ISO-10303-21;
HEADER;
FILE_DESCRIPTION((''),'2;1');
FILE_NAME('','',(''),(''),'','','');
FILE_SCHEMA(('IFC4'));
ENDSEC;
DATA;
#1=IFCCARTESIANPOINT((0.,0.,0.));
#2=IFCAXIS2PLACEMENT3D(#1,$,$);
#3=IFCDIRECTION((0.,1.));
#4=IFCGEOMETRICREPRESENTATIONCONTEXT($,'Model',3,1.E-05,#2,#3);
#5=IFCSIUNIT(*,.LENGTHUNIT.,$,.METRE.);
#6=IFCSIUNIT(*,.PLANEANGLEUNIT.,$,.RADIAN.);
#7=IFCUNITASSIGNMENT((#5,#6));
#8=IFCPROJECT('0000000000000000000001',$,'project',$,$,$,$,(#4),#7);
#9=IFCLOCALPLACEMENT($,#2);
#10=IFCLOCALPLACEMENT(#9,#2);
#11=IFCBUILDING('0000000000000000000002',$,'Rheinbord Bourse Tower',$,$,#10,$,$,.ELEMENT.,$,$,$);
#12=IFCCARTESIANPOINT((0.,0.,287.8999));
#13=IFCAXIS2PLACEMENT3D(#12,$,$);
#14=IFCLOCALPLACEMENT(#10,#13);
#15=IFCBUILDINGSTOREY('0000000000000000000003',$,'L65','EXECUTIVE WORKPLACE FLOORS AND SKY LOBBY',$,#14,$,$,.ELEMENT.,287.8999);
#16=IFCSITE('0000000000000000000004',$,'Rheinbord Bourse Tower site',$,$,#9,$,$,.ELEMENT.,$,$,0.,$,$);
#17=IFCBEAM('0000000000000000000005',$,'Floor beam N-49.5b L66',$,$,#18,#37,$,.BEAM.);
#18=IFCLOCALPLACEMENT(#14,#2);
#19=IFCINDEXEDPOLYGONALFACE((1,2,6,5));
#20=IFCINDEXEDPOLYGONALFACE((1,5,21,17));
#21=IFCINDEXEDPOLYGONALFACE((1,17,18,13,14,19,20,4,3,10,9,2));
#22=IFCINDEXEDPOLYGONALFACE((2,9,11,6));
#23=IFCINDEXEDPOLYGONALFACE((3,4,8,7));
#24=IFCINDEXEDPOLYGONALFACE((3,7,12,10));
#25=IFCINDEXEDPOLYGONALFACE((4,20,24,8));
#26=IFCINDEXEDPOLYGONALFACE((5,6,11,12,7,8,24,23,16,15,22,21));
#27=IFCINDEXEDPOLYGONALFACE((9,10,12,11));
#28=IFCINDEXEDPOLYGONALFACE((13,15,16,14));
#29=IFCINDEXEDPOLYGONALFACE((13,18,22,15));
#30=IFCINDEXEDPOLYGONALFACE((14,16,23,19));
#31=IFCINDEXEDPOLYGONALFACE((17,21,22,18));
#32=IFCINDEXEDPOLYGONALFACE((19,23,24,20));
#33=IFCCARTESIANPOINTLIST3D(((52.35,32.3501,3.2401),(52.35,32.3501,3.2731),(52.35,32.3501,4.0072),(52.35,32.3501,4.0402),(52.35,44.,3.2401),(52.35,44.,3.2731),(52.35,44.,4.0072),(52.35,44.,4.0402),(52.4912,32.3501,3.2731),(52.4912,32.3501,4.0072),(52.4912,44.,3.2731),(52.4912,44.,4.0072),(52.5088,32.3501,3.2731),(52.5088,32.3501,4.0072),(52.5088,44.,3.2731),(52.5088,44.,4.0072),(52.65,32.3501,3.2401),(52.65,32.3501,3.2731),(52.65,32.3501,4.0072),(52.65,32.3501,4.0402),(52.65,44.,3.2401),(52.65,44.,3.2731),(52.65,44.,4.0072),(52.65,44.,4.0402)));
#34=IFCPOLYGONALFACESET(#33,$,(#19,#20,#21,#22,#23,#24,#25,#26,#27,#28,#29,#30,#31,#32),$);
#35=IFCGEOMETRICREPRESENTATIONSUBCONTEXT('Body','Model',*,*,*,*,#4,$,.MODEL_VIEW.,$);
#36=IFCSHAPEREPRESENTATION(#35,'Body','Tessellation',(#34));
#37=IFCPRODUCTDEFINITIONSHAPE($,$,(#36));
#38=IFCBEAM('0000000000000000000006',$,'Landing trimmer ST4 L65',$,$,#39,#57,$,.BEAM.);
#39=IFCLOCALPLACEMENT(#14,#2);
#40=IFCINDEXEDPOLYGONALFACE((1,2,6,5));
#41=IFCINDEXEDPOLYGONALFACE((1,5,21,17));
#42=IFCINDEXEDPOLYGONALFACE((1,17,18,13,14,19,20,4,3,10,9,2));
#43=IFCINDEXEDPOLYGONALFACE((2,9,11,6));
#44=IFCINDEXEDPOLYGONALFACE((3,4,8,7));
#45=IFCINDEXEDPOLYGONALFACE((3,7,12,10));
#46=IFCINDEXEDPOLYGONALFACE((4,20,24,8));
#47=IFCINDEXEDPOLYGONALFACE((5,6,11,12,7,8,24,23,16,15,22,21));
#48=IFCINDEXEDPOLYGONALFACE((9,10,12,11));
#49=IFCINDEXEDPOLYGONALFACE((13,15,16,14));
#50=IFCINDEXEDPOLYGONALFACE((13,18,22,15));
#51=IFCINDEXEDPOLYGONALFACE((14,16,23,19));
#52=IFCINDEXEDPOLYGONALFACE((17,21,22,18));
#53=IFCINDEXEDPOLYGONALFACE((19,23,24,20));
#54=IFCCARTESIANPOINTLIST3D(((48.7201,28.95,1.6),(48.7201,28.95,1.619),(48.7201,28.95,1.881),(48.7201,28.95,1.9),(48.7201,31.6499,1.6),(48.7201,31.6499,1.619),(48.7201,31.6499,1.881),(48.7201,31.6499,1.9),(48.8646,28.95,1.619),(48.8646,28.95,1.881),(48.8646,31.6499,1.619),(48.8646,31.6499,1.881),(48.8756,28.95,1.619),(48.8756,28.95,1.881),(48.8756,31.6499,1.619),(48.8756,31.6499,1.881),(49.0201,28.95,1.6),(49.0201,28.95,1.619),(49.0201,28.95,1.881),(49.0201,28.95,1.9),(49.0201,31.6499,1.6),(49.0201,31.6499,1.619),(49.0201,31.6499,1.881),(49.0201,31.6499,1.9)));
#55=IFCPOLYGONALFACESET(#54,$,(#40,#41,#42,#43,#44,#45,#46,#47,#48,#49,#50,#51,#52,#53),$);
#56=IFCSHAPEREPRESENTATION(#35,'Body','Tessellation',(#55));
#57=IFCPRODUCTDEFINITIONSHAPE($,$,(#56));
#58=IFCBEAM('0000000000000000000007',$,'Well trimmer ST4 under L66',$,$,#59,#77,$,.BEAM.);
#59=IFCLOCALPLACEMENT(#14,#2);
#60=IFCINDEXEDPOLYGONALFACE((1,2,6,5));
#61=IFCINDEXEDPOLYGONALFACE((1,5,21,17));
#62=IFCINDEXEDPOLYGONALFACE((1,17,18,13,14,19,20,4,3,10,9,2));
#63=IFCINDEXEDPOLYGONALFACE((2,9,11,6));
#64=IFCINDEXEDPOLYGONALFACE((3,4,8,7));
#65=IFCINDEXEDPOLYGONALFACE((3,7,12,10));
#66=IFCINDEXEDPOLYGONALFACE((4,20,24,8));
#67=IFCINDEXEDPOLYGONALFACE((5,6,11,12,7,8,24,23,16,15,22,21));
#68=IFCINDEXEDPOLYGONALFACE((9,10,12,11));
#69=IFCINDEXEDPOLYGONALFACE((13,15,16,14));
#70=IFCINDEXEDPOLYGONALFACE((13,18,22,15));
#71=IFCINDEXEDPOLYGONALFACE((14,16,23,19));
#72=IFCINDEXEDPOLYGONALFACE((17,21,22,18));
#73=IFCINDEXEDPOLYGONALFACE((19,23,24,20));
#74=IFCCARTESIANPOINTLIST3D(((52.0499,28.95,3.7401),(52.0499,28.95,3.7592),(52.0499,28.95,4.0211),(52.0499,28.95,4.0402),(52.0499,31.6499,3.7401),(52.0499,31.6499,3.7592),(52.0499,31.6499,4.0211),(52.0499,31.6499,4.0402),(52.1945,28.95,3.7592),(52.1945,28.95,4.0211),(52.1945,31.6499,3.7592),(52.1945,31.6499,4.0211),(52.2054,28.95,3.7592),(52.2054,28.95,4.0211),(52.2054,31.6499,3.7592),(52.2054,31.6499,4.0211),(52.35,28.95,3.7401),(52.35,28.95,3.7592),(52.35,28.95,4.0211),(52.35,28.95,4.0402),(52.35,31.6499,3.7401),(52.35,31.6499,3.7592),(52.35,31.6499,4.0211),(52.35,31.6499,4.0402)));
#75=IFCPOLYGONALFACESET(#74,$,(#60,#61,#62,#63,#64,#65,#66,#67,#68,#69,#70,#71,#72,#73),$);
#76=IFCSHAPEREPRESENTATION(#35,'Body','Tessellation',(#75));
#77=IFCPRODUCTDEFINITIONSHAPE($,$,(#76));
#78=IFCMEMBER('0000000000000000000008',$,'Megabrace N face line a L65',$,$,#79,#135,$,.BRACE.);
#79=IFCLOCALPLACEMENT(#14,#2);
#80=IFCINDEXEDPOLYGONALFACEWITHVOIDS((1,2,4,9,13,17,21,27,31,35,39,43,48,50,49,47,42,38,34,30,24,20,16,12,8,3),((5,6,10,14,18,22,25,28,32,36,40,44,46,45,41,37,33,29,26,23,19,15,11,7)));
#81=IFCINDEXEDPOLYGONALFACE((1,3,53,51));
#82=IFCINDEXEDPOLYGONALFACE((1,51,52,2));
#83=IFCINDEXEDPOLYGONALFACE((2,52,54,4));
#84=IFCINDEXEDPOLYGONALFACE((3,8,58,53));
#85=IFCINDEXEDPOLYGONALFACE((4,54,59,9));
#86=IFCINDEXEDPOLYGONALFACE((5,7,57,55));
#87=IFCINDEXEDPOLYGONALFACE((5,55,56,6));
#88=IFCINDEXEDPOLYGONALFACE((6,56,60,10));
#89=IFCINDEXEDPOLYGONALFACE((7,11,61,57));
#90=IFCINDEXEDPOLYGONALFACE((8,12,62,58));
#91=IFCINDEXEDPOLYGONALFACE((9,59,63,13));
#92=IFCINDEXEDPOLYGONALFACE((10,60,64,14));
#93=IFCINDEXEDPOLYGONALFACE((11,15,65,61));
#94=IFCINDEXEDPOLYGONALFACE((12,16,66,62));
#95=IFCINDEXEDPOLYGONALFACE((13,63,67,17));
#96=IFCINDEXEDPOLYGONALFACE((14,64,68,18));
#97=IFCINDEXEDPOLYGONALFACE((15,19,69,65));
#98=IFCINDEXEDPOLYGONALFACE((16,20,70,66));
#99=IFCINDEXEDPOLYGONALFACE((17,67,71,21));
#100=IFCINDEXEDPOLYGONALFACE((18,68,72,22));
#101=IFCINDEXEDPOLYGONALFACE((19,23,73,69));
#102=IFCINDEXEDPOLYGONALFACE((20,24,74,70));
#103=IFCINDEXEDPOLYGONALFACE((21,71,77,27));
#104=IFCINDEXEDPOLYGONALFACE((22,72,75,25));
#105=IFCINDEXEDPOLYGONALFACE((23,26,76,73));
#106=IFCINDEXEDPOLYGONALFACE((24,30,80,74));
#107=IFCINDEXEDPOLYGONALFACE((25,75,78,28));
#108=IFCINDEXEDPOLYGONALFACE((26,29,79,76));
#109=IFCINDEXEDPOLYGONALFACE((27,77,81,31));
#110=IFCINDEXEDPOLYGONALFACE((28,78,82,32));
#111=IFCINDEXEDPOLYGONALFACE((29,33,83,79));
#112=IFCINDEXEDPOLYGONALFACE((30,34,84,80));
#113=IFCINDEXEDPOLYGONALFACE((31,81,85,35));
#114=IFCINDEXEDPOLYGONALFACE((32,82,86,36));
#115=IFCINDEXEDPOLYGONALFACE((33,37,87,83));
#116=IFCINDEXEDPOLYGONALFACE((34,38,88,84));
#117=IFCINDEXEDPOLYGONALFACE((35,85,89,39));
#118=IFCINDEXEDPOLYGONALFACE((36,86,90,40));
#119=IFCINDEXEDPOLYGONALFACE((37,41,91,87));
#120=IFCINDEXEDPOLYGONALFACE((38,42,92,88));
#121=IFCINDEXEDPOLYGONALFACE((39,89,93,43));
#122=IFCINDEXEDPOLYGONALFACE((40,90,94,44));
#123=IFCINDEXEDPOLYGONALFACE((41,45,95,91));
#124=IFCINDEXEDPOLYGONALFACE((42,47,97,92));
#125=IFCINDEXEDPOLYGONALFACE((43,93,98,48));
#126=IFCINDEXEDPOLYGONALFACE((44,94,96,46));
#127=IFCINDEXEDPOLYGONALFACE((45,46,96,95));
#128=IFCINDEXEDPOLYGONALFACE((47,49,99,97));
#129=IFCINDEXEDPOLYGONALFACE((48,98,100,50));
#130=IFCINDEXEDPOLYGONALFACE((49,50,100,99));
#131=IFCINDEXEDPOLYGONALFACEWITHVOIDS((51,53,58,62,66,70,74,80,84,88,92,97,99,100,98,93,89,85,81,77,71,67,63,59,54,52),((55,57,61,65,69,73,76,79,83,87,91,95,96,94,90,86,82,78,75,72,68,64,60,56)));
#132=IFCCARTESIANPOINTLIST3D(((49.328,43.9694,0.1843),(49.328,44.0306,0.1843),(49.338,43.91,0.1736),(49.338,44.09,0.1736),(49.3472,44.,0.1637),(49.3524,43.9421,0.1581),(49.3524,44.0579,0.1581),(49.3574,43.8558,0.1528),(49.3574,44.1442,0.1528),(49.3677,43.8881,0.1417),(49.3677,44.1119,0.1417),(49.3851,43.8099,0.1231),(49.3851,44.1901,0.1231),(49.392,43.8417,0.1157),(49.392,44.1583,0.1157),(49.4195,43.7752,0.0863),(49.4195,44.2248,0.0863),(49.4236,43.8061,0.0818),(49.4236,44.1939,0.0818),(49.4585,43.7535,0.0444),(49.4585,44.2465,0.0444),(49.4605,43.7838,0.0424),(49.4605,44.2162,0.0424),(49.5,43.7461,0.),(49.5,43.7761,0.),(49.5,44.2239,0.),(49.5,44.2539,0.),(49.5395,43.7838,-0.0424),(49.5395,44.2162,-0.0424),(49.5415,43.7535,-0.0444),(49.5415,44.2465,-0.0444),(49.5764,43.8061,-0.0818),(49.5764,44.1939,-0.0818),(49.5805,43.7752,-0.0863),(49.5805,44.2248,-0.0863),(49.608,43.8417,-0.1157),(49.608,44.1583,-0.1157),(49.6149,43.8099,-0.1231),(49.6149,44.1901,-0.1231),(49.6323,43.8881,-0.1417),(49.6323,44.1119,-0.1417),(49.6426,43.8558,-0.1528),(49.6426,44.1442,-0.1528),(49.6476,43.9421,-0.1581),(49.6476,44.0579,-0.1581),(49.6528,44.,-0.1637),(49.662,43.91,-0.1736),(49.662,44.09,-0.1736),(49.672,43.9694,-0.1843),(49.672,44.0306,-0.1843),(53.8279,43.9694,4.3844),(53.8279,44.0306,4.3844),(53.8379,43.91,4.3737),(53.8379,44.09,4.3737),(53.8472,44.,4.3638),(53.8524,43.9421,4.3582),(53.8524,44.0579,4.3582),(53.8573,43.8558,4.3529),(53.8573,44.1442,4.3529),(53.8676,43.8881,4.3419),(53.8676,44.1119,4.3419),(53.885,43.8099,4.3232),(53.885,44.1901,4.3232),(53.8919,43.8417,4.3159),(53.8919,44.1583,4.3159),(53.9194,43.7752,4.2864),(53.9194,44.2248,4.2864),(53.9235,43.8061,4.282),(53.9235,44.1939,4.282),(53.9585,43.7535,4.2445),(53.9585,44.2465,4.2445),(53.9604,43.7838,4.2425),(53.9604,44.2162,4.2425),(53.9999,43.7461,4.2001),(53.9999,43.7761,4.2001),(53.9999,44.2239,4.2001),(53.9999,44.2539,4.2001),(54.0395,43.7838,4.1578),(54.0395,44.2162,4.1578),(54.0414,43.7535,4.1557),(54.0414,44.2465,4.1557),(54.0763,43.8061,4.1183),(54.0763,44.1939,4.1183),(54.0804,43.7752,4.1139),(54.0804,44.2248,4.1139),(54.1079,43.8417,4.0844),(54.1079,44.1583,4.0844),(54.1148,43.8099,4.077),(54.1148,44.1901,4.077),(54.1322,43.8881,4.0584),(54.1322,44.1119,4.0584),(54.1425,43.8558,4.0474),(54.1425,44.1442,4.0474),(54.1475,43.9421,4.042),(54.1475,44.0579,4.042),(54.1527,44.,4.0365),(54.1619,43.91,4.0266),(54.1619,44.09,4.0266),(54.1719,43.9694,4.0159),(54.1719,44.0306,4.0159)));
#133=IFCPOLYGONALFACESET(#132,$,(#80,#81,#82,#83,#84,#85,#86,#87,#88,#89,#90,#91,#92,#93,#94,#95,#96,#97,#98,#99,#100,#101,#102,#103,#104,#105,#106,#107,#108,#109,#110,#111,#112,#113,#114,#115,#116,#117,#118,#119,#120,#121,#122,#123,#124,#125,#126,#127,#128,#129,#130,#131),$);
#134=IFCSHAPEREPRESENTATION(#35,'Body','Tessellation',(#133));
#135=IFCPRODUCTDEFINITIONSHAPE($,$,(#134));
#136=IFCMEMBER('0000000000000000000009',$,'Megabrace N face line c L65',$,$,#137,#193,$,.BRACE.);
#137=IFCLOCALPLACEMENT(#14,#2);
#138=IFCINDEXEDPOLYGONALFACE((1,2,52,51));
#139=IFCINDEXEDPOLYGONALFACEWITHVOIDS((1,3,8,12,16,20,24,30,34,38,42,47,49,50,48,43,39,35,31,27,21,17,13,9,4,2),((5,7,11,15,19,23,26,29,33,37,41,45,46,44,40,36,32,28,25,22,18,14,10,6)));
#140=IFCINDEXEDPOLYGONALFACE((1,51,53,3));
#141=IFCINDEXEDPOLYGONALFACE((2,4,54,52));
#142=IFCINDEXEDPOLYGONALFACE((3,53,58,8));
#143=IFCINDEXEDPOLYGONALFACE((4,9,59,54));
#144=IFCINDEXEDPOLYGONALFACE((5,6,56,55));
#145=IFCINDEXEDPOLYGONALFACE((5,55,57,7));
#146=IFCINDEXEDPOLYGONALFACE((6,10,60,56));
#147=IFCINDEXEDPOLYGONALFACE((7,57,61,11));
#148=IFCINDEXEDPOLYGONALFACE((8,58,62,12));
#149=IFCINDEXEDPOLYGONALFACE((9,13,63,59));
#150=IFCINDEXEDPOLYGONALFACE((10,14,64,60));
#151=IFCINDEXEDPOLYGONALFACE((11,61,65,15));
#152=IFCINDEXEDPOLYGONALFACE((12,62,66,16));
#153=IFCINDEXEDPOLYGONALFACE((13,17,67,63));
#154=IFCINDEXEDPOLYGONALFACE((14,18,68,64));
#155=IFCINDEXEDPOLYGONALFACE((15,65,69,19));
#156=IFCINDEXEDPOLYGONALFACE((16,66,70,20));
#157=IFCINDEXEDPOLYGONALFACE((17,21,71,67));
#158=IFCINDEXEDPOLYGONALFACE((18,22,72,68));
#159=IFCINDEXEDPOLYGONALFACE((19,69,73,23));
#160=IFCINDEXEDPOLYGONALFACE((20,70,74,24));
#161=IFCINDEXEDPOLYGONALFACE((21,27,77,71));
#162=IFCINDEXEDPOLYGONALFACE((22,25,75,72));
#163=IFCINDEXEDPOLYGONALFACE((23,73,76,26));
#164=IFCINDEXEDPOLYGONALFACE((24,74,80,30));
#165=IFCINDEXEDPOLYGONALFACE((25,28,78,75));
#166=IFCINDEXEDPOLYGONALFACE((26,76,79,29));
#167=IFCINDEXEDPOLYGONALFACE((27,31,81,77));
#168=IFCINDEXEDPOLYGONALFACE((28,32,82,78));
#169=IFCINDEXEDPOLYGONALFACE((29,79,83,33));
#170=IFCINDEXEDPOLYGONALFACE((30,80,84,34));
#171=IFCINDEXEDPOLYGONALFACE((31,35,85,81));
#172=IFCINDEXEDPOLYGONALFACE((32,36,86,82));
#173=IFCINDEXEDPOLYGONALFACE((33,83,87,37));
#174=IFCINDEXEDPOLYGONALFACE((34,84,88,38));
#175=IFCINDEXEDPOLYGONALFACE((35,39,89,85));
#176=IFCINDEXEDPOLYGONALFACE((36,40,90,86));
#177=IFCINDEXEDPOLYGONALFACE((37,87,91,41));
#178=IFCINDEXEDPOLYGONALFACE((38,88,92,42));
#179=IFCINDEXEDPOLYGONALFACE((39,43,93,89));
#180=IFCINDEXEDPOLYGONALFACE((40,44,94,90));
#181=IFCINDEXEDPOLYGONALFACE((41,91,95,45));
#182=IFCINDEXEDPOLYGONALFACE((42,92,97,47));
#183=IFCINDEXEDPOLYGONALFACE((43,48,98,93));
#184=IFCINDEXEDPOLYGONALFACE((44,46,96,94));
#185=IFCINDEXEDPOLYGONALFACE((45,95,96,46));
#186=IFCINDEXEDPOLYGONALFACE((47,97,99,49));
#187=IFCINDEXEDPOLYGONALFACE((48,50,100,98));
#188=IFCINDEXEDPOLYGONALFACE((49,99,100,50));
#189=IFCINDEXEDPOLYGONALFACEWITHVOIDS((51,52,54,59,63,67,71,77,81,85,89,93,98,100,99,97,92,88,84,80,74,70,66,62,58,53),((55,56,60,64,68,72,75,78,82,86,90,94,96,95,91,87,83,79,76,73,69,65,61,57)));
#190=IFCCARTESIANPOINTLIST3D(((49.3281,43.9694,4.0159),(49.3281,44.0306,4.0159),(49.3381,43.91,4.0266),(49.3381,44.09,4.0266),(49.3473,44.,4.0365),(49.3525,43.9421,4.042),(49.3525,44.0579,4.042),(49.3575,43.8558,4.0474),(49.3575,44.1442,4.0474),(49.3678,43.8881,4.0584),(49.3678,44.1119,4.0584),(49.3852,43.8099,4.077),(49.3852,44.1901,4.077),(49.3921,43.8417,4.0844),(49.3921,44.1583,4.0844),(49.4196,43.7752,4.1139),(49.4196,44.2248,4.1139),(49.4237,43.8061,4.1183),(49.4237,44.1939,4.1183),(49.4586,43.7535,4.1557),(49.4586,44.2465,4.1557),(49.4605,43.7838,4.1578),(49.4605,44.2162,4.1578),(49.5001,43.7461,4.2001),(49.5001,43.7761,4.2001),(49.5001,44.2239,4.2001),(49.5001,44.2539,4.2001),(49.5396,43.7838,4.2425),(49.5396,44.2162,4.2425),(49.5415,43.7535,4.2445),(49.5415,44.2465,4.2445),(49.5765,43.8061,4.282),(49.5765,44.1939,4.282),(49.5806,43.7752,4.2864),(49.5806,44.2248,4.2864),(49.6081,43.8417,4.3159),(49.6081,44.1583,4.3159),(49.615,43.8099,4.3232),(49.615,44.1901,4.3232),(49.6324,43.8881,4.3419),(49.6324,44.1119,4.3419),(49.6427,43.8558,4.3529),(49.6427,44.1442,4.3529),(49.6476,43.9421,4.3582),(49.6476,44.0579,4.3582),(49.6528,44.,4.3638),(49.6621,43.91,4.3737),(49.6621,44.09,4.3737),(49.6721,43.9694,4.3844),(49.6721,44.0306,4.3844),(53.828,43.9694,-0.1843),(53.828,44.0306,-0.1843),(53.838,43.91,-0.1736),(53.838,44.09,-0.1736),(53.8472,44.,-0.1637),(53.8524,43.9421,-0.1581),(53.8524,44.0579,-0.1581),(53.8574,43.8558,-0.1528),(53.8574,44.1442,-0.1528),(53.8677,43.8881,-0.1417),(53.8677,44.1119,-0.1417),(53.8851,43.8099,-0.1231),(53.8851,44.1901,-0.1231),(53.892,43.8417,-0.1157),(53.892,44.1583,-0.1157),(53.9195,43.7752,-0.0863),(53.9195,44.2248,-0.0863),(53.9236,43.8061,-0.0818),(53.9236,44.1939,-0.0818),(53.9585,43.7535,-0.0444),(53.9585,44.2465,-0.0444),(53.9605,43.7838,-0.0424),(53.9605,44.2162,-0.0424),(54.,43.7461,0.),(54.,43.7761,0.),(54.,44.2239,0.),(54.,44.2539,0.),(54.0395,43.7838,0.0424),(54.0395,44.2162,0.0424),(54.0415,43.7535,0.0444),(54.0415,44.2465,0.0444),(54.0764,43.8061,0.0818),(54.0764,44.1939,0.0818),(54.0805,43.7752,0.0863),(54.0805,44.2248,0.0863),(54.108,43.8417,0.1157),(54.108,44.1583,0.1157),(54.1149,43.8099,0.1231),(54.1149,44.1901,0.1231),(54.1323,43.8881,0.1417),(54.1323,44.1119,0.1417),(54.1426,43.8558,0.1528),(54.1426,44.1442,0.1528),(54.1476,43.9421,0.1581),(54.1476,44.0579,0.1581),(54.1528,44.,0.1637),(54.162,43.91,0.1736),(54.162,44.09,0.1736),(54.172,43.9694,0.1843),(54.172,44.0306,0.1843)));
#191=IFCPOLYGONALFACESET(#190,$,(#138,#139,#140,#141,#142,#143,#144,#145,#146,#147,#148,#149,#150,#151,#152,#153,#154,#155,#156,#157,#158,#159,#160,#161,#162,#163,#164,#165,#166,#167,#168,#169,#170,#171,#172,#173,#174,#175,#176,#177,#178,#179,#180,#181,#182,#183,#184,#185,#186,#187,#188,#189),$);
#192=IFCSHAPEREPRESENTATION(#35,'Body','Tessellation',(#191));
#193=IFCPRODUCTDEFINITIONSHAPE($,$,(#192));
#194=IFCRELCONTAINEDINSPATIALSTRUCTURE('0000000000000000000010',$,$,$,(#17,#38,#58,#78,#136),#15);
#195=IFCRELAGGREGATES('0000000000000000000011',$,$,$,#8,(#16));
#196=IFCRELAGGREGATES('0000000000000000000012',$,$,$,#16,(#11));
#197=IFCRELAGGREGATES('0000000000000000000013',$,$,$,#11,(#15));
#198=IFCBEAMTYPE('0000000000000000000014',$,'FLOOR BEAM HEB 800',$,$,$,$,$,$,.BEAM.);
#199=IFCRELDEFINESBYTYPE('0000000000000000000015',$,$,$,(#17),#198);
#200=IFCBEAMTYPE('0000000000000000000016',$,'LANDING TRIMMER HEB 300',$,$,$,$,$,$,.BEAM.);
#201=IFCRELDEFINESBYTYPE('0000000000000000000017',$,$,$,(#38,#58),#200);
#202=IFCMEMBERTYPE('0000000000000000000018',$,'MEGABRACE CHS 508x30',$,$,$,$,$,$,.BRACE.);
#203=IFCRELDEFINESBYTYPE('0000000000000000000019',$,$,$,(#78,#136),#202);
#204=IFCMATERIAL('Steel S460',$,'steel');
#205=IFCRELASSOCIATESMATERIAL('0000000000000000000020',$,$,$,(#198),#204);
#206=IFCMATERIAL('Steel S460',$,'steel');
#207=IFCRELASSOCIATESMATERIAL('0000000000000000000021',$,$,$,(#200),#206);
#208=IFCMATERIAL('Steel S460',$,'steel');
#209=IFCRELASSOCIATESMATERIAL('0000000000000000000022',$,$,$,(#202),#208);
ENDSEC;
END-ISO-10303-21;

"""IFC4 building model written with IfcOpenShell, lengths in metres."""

from ifc_helpers import new_model, si_unit, direction, frame, origin, origin_2d, place, context, subcontext, project, spatial, hollow_circle, i_section, extrude, material, material_profile, profile_set, type_object, element, save


model = new_model("IFC4")

# Units and contexts
model_context = context("Model", 3, precision=1e-05, world=origin(), true_north=direction((0.0, 1.0)))
body_context = subcontext(model_context, "Body", "Model", "MODEL_VIEW")
ifc_project = project(units=[si_unit("LENGTHUNIT", "METRE"), si_unit("PLANEANGLEUNIT", "RADIAN")], contexts=[model_context])

# Site, building, storey
site_placement = place(None, origin())
site = spatial("IfcSite", under=ifc_project, at=site_placement, Name="Rheinbord Bourse Tower site", CompositionType="ELEMENT", RefElevation=0.0)
building_placement = place(site_placement, origin())
building = spatial("IfcBuilding", under=site, at=building_placement, Name="Rheinbord Bourse Tower", CompositionType="ELEMENT")
storey_placement = place(building_placement, frame((0.0, 0.0, 287.8999)))
storey = spatial("IfcBuildingStorey", under=building, at=storey_placement, Name="L65", Description="EXECUTIVE WORKPLACE FLOORS AND SKY LOBBY", CompositionType="ELEMENT", Elevation=287.8999)

# Beams
ifc_material_1 = material(Name="Steel S460", Category="steel")
ifc_material_profile_1 = material_profile(ifc_material_1, i_section(OverallWidth=0.3, OverallDepth=0.8, WebThickness=0.0176, FlangeThickness=0.033, at=origin_2d()), Name="HEB 800")
ifc_profile_set_1 = profile_set([ifc_material_profile_1], Name="Steel S460")
beam_type_1 = type_object("IfcBeamType", Name="FLOOR BEAM HEB 800", PredefinedType="BEAM", material=ifc_profile_set_1)
for number, where, z_axis, x_axis, name in (
    (1, (52.5, 44.0, 3.6401), (0.0, -1.0, 0.0), (1.0, 0.0, 0.0), "Floor beam N-49.5b L66"),
):
    element("IfcBeam", number, at=place(storey_placement, frame(where, z_axis=z_axis, x_axis=x_axis)), inside=storey, type_object=beam_type_1, Name=name, PredefinedType="BEAM", context=body_context, shape_type="SweptSolid", body=[
        extrude(i_section(OverallWidth=0.3, OverallDepth=0.8, WebThickness=0.0176, FlangeThickness=0.033, at=origin_2d()), origin(), (0.0, 0.0, 1.0), 11.6499),
    ])
ifc_material_2 = material(Name="Steel S460", Category="steel")
ifc_material_profile_2 = material_profile(ifc_material_2, i_section(OverallWidth=0.3, OverallDepth=0.3, WebThickness=0.011, FlangeThickness=0.019, at=origin_2d()), Name="HEB 300")
ifc_profile_set_2 = profile_set([ifc_material_profile_2], Name="Steel S460")
beam_type_2 = type_object("IfcBeamType", Name="LANDING TRIMMER HEB 300", PredefinedType="BEAM", material=ifc_profile_set_2)
for number, where, z_axis, x_axis, name in (
    (2, (48.8701, 28.95, 1.75), (0.0, 1.0, 0.0), (-1.0, 0.0, 0.0), "Landing trimmer ST4 L65"),
    (3, (52.2, 28.95, 3.8901), (0.0, 1.0, 0.0), (-1.0, 0.0, 0.0), "Well trimmer ST4 under L66"),
):
    element("IfcBeam", number, at=place(storey_placement, frame(where, z_axis=z_axis, x_axis=x_axis)), inside=storey, type_object=beam_type_2, Name=name, PredefinedType="BEAM", context=body_context, shape_type="SweptSolid", body=[
        extrude(i_section(OverallWidth=0.3, OverallDepth=0.3, WebThickness=0.011, FlangeThickness=0.019, at=origin_2d()), origin(), (0.0, 0.0, 1.0), 2.7),
    ])

# Members
ifc_material_3 = material(Name="Steel S460", Category="steel")
ifc_material_profile_3 = material_profile(ifc_material_3, hollow_circle(Radius=0.2539, WallThickness=0.03, at=origin_2d()), Name="CHS 508x30")
ifc_profile_set_3 = profile_set([ifc_material_profile_3], Name="Steel S460")
member_type_1 = type_object("IfcMemberType", Name="MEGABRACE CHS 508x30", PredefinedType="BRACE", material=ifc_profile_set_3)
for number, where, z_axis, x_axis, name in (
    (4, (49.5, 44.0, 0.0), (0.731039, 0.0, 0.682335), (0.0, 1.0, 0.0), "Megabrace N face line a L65"),
    (5, (54.0, 44.0, 0.0), (-0.731039, 0.0, 0.682335), (0.0, -1.0, 0.0), "Megabrace N face line c L65"),
):
    element("IfcMember", number, at=place(storey_placement, frame(where, z_axis=z_axis, x_axis=x_axis)), inside=storey, type_object=member_type_1, Name=name, PredefinedType="BRACE", context=body_context, shape_type="SweptSolid", body=[
        extrude(hollow_circle(Radius=0.2539, WallThickness=0.03, at=origin_2d()), origin(), (0.0, 0.0, 1.0), 6.1555),
    ])

save(model, "model.ifc")
